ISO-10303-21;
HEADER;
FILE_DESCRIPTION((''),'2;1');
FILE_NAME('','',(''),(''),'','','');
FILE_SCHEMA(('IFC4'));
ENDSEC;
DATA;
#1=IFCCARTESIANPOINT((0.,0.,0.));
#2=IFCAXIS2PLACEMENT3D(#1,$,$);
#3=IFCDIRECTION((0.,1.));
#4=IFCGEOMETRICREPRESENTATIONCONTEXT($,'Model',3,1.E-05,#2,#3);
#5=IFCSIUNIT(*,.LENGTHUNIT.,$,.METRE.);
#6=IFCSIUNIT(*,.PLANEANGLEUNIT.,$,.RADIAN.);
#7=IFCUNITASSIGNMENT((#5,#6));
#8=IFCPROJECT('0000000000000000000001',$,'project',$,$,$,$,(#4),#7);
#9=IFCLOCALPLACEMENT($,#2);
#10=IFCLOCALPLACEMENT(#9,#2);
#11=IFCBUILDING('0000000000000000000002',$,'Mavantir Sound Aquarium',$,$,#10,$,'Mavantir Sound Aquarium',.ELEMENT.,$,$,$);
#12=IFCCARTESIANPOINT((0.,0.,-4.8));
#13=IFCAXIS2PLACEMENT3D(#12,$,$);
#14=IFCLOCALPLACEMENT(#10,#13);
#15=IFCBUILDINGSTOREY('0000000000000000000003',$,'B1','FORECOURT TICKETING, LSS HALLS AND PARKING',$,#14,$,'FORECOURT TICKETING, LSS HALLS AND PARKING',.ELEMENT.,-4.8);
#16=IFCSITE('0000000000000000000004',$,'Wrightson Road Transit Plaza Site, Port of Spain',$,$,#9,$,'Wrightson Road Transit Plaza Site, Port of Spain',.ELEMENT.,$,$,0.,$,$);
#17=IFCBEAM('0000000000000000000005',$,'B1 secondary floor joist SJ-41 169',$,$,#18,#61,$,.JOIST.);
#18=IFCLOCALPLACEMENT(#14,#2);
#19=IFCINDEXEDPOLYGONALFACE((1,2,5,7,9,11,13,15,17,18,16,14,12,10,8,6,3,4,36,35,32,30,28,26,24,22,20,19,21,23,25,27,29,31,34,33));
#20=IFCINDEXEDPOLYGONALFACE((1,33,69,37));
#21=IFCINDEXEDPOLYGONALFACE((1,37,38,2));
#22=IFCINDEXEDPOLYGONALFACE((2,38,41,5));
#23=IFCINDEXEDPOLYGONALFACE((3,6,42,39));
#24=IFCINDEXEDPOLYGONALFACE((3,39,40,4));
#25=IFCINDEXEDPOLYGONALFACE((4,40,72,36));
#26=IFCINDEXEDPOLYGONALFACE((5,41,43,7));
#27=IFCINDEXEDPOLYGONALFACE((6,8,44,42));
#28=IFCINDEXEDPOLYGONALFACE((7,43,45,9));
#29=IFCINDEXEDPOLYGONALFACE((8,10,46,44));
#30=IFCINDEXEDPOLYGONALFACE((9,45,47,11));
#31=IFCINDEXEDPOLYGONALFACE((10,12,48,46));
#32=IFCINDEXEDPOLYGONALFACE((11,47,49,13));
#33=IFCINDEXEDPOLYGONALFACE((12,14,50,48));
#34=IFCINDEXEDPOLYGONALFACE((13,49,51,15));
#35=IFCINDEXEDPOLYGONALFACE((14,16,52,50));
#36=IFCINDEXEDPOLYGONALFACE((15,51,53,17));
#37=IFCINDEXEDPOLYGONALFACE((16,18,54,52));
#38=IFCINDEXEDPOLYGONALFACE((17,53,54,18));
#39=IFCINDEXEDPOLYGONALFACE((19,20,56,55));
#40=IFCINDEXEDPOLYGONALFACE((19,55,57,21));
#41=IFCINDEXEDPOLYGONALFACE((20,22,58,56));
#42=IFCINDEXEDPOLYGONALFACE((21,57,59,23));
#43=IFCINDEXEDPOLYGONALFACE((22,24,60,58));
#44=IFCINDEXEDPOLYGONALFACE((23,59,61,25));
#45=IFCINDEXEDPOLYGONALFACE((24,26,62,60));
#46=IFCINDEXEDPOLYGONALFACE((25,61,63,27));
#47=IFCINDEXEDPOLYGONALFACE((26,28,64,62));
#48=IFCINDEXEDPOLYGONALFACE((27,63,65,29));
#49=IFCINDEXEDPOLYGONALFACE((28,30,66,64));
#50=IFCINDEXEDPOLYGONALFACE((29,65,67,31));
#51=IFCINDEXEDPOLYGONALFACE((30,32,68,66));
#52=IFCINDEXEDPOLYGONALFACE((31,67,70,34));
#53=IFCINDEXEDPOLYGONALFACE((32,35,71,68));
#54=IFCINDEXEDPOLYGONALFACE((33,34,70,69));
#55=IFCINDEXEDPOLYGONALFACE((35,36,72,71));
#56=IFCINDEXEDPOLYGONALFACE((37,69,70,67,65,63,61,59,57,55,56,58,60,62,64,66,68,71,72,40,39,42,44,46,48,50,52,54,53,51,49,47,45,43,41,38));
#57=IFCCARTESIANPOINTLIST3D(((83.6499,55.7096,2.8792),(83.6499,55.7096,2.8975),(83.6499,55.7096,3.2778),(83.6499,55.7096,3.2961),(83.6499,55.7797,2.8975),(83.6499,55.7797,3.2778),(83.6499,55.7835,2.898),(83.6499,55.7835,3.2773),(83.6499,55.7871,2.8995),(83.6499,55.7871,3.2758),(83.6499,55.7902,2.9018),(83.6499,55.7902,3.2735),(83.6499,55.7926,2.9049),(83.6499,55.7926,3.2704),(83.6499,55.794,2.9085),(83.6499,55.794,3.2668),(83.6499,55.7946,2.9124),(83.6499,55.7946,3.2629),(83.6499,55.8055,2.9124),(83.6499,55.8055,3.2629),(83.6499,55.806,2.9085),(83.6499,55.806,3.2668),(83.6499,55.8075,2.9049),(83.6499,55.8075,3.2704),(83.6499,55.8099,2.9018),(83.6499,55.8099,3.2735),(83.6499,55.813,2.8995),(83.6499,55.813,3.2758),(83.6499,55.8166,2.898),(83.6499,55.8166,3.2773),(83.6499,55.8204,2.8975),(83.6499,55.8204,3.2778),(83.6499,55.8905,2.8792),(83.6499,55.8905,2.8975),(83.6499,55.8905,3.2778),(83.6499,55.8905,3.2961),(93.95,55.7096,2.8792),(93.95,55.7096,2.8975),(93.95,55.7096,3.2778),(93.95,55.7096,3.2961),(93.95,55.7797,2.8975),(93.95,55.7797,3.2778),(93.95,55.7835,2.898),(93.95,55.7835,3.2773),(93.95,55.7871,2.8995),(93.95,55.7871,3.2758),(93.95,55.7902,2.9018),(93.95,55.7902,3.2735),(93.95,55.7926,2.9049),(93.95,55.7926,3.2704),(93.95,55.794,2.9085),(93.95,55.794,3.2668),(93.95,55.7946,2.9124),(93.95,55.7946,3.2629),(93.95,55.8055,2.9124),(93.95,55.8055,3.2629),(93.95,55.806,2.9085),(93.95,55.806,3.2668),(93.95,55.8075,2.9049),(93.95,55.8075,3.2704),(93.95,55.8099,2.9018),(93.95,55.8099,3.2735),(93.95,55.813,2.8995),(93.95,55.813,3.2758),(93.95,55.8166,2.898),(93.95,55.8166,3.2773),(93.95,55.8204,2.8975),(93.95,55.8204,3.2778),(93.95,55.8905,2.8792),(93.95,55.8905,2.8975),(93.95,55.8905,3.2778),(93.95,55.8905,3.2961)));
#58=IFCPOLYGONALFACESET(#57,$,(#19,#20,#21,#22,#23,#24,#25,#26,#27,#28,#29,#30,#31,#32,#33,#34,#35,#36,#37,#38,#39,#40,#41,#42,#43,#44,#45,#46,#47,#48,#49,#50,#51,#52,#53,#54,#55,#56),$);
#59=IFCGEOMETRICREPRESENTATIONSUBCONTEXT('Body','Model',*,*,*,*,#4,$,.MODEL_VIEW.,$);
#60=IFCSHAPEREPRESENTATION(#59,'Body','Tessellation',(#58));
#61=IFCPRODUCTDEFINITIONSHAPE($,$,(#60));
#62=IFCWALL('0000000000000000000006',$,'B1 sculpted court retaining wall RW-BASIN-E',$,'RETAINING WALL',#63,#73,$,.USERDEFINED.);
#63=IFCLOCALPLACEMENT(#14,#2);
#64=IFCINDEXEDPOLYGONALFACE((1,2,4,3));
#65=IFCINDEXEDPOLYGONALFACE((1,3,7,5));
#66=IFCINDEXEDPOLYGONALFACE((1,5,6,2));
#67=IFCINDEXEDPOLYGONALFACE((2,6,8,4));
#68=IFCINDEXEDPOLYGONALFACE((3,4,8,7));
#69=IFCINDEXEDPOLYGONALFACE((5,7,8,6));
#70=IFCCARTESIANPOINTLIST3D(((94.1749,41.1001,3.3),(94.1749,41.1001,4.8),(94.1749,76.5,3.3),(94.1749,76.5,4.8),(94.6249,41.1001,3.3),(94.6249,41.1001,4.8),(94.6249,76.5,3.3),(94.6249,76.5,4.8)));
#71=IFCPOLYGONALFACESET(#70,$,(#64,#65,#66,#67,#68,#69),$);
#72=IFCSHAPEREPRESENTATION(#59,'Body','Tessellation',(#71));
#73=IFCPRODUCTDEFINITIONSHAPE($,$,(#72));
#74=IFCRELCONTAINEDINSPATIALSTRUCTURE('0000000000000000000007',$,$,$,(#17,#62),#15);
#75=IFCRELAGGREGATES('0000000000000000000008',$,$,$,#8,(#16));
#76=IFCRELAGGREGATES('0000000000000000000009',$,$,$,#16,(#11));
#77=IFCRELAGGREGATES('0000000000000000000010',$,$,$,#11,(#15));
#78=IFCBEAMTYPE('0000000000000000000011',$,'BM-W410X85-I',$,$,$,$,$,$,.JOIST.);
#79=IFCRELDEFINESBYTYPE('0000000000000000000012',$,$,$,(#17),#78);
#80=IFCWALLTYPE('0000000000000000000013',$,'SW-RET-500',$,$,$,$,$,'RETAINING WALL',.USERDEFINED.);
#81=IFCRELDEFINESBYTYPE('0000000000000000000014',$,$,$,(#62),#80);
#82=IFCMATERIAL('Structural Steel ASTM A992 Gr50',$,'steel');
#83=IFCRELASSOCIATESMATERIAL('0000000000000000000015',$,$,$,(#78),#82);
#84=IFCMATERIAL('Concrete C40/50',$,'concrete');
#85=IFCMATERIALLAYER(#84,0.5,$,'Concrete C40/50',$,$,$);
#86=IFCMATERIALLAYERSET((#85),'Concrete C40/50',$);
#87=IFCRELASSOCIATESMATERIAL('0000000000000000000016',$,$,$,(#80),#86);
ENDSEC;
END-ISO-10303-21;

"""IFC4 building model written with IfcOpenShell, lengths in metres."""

from ifc_helpers import new_model, si_unit, direction, frame, frame_2d, origin, origin_2d, place, context, subcontext, project, spatial, rectangle, i_section, extrude, material, layer, layer_set, material_profile, profile_set, type_object, element, save


model = new_model("IFC4")

# Units and contexts
model_context = context("Model", 3, precision=1e-05, world=origin(), true_north=direction((0.0, 1.0)))
body_context = subcontext(model_context, "Body", "Model", "MODEL_VIEW")
ifc_project = project(units=[si_unit("LENGTHUNIT", "METRE"), si_unit("PLANEANGLEUNIT", "RADIAN")], contexts=[model_context])

# Site, building, storey
site_placement = place(None, origin())
site = spatial("IfcSite", under=ifc_project, at=site_placement, Name="Wrightson Road Transit Plaza Site, Port of Spain", LongName="Wrightson Road Transit Plaza Site, Port of Spain", CompositionType="ELEMENT", RefElevation=0.0)
building_placement = place(site_placement, origin())
building = spatial("IfcBuilding", under=site, at=building_placement, Name="Mavantir Sound Aquarium", LongName="Mavantir Sound Aquarium", CompositionType="ELEMENT")
storey_placement = place(building_placement, frame((0.0, 0.0, -4.8)))
storey = spatial("IfcBuildingStorey", under=building, at=storey_placement, Name="B1", Description="FORECOURT TICKETING, LSS HALLS AND PARKING", LongName="FORECOURT TICKETING, LSS HALLS AND PARKING", CompositionType="ELEMENT", Elevation=-4.8)

# Shared definitions
ifc_material_1 = material(Name="Concrete C40/50", Category="concrete")

# Beam
ifc_material_2 = material(Name="Structural Steel ASTM A992 Gr50", Category="steel")
ifc_material_profile_1 = material_profile(ifc_material_2, i_section(OverallWidth=0.1809, OverallDepth=0.417, WebThickness=0.011, FlangeThickness=0.0183, FilletRadius=0.0149, at=origin_2d()), Name="W410X85")
ifc_profile_set_1 = profile_set([ifc_material_profile_1], Name="Structural Steel ASTM A992 Gr50")
beam_type_1 = type_object("IfcBeamType", Name="BM-W410X85-I", PredefinedType="JOIST", material=ifc_profile_set_1)
for number, where, z_axis, x_axis, name in (
    (1, (83.6499, 55.8, 3.0876), (1.0, 0.0, 0.0), (0.0, 1.0, 0.0), "B1 secondary floor joist SJ-41 169"),
):
    element("IfcBeam", number, at=place(storey_placement, frame(where, z_axis=z_axis, x_axis=x_axis)), inside=storey, type_object=beam_type_1, Name=name, PredefinedType="JOIST", context=body_context, shape_type="SweptSolid", body=[
        extrude(i_section(OverallWidth=0.1809, OverallDepth=0.417, WebThickness=0.011, FlangeThickness=0.0183, FilletRadius=0.0149, at=origin_2d()), origin(), (0.0, 0.0, 1.0), 10.3),
    ])

# Wall
ifc_layer = layer(ifc_material_1, 0.5, Name="Concrete C40/50")
ifc_layer_set = layer_set([ifc_layer], Name="Concrete C40/50")
wall_type = type_object("IfcWallType", Name="SW-RET-500", ElementType="RETAINING WALL", PredefinedType="USERDEFINED", material=ifc_layer_set)
wall_placement = place(storey_placement, frame((94.3999, 41.1001, 3.3), z_axis=(0.0, 0.0, 1.0), x_axis=(0.0, 1.0, 0.0)))
element("IfcWall", 2, at=wall_placement, inside=storey, type_object=wall_type, Name="B1 sculpted court retaining wall RW-BASIN-E", ObjectType="RETAINING WALL", PredefinedType="USERDEFINED", context=body_context, shape_type="SweptSolid", body=[
    extrude(rectangle(XDim=35.3999, YDim=0.45, at=frame_2d((17.7, 0.0))), origin(), (0.0, 0.0, 1.0), 1.5),
])

save(model, "model.ifc")
